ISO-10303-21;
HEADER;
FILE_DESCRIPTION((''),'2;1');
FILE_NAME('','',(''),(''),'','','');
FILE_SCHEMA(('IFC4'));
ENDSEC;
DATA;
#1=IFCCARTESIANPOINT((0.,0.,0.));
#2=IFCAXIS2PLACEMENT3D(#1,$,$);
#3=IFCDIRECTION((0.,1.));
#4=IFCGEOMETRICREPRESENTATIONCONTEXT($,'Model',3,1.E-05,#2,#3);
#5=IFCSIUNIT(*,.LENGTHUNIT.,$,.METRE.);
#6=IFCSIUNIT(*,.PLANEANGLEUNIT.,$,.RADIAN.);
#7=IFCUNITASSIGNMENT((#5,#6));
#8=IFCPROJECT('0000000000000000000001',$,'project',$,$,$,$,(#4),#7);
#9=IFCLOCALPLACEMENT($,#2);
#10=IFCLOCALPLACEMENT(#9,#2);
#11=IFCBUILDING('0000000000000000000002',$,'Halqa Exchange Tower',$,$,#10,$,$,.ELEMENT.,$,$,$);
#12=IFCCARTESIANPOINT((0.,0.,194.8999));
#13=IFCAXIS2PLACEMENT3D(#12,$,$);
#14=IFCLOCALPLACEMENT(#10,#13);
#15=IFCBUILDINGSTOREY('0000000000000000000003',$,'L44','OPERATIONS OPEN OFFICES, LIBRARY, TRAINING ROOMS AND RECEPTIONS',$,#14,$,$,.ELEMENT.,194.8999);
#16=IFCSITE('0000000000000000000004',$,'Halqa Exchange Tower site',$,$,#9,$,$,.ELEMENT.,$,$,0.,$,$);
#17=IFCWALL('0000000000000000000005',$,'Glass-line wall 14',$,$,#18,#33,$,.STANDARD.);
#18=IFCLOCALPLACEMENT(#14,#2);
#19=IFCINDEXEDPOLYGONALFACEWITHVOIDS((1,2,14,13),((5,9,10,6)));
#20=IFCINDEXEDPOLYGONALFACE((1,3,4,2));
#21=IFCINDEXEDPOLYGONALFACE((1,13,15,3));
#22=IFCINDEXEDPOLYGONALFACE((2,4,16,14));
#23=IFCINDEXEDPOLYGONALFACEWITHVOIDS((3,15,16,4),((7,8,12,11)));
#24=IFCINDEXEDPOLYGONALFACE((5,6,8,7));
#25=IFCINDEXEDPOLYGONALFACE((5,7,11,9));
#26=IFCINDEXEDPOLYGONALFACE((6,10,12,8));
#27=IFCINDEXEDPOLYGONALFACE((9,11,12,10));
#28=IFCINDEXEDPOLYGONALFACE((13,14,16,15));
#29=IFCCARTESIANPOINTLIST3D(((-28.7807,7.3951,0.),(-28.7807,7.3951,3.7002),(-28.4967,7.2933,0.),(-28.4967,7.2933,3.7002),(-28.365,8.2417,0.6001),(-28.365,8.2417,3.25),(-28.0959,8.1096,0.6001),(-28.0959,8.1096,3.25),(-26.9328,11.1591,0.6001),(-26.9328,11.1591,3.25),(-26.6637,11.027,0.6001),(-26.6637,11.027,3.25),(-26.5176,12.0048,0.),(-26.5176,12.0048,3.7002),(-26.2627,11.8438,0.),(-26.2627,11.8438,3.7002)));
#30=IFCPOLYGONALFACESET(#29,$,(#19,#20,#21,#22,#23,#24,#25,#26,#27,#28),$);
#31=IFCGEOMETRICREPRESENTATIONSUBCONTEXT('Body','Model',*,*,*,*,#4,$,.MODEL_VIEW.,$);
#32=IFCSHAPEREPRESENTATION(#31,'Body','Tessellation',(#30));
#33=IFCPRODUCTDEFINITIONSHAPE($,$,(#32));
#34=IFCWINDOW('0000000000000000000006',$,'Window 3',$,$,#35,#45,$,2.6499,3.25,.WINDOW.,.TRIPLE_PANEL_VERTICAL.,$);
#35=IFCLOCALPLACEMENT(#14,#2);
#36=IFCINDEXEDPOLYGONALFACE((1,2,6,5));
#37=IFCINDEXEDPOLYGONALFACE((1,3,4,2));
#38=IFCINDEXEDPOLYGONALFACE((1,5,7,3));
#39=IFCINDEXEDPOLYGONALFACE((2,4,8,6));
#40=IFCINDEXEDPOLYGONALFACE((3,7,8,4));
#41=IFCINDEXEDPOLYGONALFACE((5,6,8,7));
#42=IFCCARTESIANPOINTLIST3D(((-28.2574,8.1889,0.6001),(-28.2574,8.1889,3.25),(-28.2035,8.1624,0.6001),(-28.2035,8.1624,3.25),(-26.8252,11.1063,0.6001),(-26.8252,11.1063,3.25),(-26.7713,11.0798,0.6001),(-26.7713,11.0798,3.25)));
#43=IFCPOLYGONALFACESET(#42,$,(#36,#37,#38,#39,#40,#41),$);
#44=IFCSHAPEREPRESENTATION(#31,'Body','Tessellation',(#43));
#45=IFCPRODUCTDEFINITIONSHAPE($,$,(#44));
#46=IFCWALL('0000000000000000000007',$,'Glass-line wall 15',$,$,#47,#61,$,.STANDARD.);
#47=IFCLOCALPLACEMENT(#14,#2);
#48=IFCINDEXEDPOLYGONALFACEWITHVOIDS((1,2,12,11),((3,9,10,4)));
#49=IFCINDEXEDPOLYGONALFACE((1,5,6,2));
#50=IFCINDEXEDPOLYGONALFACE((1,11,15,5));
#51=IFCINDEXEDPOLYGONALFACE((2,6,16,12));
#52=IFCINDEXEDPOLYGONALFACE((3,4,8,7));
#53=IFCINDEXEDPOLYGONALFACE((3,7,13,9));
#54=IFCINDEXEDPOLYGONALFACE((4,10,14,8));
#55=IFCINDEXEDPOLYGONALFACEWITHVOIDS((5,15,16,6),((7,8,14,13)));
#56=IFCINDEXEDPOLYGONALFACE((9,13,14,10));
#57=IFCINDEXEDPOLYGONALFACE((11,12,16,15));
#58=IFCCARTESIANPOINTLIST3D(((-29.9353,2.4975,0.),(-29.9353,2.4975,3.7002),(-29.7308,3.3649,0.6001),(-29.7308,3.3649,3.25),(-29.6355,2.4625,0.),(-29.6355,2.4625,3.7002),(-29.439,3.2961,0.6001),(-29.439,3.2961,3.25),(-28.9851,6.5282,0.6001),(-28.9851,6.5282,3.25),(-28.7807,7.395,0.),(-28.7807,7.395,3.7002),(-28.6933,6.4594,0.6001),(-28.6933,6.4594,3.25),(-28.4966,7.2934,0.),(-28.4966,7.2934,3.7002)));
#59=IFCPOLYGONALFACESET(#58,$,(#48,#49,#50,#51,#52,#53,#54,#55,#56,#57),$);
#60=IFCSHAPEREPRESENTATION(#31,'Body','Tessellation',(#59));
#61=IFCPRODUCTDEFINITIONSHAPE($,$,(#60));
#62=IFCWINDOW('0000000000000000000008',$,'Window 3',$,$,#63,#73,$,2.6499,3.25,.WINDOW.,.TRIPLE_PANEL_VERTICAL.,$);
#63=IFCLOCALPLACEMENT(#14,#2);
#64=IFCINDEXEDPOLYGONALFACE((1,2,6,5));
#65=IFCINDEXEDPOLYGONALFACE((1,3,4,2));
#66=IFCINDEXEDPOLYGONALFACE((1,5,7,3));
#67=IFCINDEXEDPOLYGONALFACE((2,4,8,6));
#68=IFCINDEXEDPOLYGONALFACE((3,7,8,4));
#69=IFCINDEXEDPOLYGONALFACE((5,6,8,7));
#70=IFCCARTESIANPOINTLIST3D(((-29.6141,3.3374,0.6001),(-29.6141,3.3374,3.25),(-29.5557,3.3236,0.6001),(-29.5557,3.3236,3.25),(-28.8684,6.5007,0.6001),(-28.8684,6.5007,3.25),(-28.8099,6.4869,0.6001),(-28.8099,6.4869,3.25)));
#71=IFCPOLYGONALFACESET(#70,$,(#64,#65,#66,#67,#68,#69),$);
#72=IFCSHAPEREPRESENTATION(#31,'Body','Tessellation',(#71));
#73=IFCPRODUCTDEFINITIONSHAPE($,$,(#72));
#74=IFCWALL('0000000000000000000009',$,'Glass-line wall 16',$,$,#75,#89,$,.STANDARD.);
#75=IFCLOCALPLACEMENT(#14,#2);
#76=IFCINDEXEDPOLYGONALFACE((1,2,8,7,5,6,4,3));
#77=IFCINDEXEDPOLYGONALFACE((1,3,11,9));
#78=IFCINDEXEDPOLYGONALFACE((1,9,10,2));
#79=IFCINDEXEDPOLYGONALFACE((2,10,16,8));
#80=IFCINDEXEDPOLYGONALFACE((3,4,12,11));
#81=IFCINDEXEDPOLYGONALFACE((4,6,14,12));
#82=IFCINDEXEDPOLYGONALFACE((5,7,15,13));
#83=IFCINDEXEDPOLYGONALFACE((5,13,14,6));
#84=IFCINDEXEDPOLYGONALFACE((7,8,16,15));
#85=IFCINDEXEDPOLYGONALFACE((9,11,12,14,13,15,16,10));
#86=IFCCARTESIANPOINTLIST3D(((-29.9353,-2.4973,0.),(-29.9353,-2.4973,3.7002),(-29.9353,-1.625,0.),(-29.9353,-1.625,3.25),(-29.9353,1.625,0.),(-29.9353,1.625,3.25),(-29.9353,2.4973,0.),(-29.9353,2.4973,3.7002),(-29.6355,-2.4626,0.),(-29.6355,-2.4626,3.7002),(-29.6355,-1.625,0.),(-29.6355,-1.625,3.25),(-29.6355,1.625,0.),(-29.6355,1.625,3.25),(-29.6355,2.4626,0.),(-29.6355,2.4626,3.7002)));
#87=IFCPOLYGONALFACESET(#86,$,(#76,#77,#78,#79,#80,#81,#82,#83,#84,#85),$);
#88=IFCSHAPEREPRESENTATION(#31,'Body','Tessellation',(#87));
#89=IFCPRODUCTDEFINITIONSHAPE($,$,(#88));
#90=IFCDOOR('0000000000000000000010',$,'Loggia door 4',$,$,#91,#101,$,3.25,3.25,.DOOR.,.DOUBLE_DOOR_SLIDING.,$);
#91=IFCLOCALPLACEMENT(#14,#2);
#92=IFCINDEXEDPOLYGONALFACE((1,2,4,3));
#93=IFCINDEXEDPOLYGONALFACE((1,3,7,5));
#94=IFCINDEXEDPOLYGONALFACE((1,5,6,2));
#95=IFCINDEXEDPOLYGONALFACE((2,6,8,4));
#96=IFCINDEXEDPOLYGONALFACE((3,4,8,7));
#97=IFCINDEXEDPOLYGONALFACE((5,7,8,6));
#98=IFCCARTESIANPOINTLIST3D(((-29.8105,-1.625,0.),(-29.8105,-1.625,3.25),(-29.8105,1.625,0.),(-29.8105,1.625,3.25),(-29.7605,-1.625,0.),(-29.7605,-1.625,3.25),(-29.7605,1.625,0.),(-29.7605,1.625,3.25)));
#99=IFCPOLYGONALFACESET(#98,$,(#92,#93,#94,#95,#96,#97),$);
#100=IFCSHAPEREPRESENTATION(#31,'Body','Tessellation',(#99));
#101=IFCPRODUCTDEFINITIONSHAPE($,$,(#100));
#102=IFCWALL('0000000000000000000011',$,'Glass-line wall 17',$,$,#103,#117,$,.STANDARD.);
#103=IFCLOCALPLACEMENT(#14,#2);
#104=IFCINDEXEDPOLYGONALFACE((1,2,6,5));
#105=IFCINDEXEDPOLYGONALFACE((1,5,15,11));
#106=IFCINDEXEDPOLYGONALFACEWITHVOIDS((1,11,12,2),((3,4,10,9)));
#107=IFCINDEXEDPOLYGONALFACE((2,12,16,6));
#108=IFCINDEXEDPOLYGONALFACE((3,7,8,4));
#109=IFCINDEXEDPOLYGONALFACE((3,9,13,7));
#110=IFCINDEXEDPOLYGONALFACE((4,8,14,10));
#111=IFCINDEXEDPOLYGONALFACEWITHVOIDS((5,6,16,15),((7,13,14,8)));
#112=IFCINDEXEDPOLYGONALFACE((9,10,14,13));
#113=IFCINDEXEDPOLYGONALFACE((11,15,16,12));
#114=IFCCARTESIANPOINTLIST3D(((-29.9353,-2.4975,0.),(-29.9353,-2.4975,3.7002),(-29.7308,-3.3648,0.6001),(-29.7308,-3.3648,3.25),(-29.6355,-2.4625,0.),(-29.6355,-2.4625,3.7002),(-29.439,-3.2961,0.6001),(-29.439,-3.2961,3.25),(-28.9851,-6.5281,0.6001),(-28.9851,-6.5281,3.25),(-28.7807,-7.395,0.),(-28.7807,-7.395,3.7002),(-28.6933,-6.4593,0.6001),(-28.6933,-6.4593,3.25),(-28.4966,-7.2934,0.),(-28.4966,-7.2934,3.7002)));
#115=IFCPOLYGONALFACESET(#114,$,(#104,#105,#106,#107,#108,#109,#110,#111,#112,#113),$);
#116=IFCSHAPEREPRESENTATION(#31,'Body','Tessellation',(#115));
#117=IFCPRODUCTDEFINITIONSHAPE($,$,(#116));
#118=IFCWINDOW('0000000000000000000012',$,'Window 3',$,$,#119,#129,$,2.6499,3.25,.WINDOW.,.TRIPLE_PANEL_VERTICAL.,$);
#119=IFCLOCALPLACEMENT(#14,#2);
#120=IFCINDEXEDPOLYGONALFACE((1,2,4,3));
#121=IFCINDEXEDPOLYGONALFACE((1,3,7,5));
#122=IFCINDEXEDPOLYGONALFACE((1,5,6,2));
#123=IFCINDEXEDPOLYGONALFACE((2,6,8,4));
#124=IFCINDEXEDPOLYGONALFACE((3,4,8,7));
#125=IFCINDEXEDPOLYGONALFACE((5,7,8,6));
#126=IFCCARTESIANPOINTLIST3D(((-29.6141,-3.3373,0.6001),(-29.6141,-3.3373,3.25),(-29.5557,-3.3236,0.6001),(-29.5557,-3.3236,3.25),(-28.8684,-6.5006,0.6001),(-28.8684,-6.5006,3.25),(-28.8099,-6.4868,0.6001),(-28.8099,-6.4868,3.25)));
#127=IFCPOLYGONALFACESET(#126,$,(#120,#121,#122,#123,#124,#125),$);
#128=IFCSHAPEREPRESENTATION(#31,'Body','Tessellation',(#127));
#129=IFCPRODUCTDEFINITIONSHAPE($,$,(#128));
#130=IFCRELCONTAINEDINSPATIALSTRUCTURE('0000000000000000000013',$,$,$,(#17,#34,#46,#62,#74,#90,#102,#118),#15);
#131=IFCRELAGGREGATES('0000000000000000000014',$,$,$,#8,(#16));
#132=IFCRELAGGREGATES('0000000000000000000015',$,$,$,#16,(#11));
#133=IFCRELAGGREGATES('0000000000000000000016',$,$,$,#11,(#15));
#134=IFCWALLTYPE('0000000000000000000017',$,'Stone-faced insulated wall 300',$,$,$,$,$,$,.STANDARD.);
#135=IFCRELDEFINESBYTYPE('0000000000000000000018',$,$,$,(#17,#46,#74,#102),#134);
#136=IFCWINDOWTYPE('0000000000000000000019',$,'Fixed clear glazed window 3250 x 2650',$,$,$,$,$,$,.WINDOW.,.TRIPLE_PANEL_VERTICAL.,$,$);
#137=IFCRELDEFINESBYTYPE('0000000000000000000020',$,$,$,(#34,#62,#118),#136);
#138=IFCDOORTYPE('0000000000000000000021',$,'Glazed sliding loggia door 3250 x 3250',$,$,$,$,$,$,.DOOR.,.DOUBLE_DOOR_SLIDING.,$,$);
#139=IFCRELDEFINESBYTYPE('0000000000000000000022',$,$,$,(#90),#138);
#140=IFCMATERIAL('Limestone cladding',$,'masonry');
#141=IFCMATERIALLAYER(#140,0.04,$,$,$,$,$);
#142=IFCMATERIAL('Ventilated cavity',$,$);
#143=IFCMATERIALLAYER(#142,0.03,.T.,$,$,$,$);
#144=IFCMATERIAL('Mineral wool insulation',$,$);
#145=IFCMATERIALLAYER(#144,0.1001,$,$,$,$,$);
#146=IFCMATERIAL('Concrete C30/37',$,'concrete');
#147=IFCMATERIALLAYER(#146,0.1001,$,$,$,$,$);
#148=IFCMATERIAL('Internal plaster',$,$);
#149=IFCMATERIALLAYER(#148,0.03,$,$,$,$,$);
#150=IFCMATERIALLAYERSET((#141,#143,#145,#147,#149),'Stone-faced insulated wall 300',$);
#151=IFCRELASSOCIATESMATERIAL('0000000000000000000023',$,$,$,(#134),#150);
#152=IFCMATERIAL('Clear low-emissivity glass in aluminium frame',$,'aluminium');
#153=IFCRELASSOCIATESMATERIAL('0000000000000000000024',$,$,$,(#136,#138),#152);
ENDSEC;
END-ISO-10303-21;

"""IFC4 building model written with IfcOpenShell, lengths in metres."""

from ifc_helpers import new_model, si_unit, direction, frame, frame_2d, origin, place, context, subcontext, project, spatial, polyline, rectangle, outline, extrude, material, layer, layer_set, type_object, element, fill, save


model = new_model("IFC4")

# Units and contexts
model_context = context("Model", 3, precision=1e-05, world=origin(), true_north=direction((0.0, 1.0)))
body_context = subcontext(model_context, "Body", "Model", "MODEL_VIEW")
ifc_project = project(units=[si_unit("LENGTHUNIT", "METRE"), si_unit("PLANEANGLEUNIT", "RADIAN")], contexts=[model_context])

# Site, building, storey
site_placement = place(None, origin())
site = spatial("IfcSite", under=ifc_project, at=site_placement, Name="Halqa Exchange Tower site", CompositionType="ELEMENT", RefElevation=0.0)
building_placement = place(site_placement, origin())
building = spatial("IfcBuilding", under=site, at=building_placement, Name="Halqa Exchange Tower", CompositionType="ELEMENT")
storey_placement = place(building_placement, frame((0.0, 0.0, 194.8999)))
storey = spatial("IfcBuildingStorey", under=building, at=storey_placement, Name="L44", Description="OPERATIONS OPEN OFFICES, LIBRARY, TRAINING ROOMS AND RECEPTIONS", CompositionType="ELEMENT", Elevation=194.8999)

# Walls, openings, windows
ifc_material_1 = material(Name="Limestone cladding", Category="masonry")
ifc_layer_1 = layer(ifc_material_1, 0.04)
ifc_material_2 = material(Name="Ventilated cavity")
ifc_layer_2 = layer(ifc_material_2, 0.03, ventilated=True)
ifc_material_3 = material(Name="Mineral wool insulation")
ifc_layer_3 = layer(ifc_material_3, 0.1001)
ifc_material_4 = material(Name="Concrete C30/37", Category="concrete")
ifc_layer_4 = layer(ifc_material_4, 0.1001)
ifc_material_5 = material(Name="Internal plaster")
ifc_layer_5 = layer(ifc_material_5, 0.03)
ifc_layer_set_1 = layer_set([ifc_layer_1, ifc_layer_2, ifc_layer_3, ifc_layer_4, ifc_layer_5], Name="Stone-faced insulated wall 300")
wall_type_1 = type_object("IfcWallType", Name="Stone-faced insulated wall 300", PredefinedType="STANDARD", material=ifc_layer_set_1)
wall_1_placement = place(storey_placement, frame((-26.3901, 11.9243, 0.0), z_axis=(0.0, 0.0, 1.0), x_axis=(-0.440694, -0.897657, 0.0)))
wall_1 = element("IfcWall", 1, at=wall_1_placement, inside=storey, type_object=wall_type_1, Name="Glass-line wall 14", PredefinedType="STANDARD", context=body_context, shape_type="SweptSolid", body=[
    extrude(outline(polyline([(-0.0161, -0.1499), (5.1191, -0.1499), (5.0854, 0.1499), (0.0161, 0.1499), (-0.0161, -0.1499)])), origin(), (0.0, 0.0, 1.0), 3.7002),
])
opening_1_placement = place(wall_1_placement, frame((0.926, 0.0, 0.6001)))
opening_1 = element("IfcOpeningElement", 2, at=opening_1_placement, cuts=wall_1, PredefinedType="OPENING", context=body_context, shape_type="SweptSolid", body=[
    extrude(rectangle(XDim=3.25, YDim=2.6499, at=frame_2d((1.625, 1.325))), frame((0.0, 0.1621, 0.0), z_axis=(0.0, -1.0, 0.0), x_axis=(1.0, 0.0, 0.0)), (0.0, 0.0, 1.0), 0.324),
])
ifc_material_6 = material(Name="Clear low-emissivity glass in aluminium frame", Category="aluminium")
window_type = type_object("IfcWindowType", Name="Fixed clear glazed window 3250 x 2650", PartitioningType="TRIPLE_PANEL_VERTICAL", PredefinedType="WINDOW", material=ifc_material_6)
window_1_placement = place(opening_1_placement, origin())
window_1 = element("IfcWindow", 3, at=window_1_placement, inside=storey, type_object=window_type, Name="Window 3", OverallHeight=2.6499, OverallWidth=3.25, PartitioningType="TRIPLE_PANEL_VERTICAL", PredefinedType="WINDOW", context=body_context, shape_type="SweptSolid", body=[
    extrude(rectangle(XDim=3.25, YDim=2.6499, at=frame_2d((1.625, 1.325))), frame((0.0, 0.03, 0.0), z_axis=(0.0, -1.0, 0.0), x_axis=(1.0, 0.0, 0.0)), (0.0, 0.0, 1.0), 0.0601),
])
fill(opening_1, window_1)
wall_2_placement = place(storey_placement, frame((-28.6387, 7.3442, 0.0), z_axis=(0.0, 0.0, 1.0), x_axis=(-0.229456, -0.973319, 0.0)))
wall_2 = element("IfcWall", 4, at=wall_2_placement, inside=storey, type_object=wall_type_1, Name="Glass-line wall 15", PredefinedType="STANDARD", context=body_context, shape_type="SweptSolid", body=[
    extrude(outline(polyline([(-0.0168, -0.1499), (5.0149, -0.1499), (4.9802, 0.1499), (0.0168, 0.1499), (-0.0168, -0.1499)])), origin(), (0.0, 0.0, 1.0), 3.7002),
])
opening_2_placement = place(wall_2_placement, frame((0.8738, 0.0, 0.6001)))
opening_2 = element("IfcOpeningElement", 5, at=opening_2_placement, cuts=wall_2, PredefinedType="OPENING", context=body_context, shape_type="SweptSolid", body=[
    extrude(rectangle(XDim=3.25, YDim=2.6499, at=frame_2d((1.625, 1.325))), frame((0.0, 0.1621, 0.0), z_axis=(0.0, -1.0, 0.0), x_axis=(1.0, 0.0, 0.0)), (0.0, 0.0, 1.0), 0.324),
])
window_2_placement = place(opening_2_placement, origin())
window_2 = element("IfcWindow", 6, at=window_2_placement, inside=storey, type_object=window_type, Name="Window 3", OverallHeight=2.6499, OverallWidth=3.25, PartitioningType="TRIPLE_PANEL_VERTICAL", PredefinedType="WINDOW", context=body_context, shape_type="SweptSolid", body=[
    extrude(rectangle(XDim=3.25, YDim=2.6499, at=frame_2d((1.625, 1.325))), frame((0.0, 0.03, 0.0), z_axis=(0.0, -1.0, 0.0), x_axis=(1.0, 0.0, 0.0)), (0.0, 0.0, 1.0), 0.0601),
])
fill(opening_2, window_2)

# Wall, opening, door
wall_3_placement = place(storey_placement, frame((-29.7854, 2.48, 0.0), z_axis=(0.0, 0.0, 1.0), x_axis=(0.0, -1.0, 0.0)))
wall_3 = element("IfcWall", 7, at=wall_3_placement, inside=storey, type_object=wall_type_1, Name="Glass-line wall 16", PredefinedType="STANDARD", context=body_context, shape_type="SweptSolid", body=[
    extrude(outline(polyline([(-0.0173, -0.1499), (4.9773, -0.1499), (4.9426, 0.1499), (0.0173, 0.1499), (-0.0173, -0.1499)])), origin(), (0.0, 0.0, 1.0), 3.7002),
])
opening_3_placement = place(wall_3_placement, frame((0.855, 0.0, 0.0)))
opening_3 = element("IfcOpeningElement", 8, at=opening_3_placement, cuts=wall_3, PredefinedType="OPENING", context=body_context, shape_type="SweptSolid", body=[
    extrude(rectangle(XDim=3.25, YDim=3.25, at=frame_2d((1.625, 1.625))), frame((0.0, 0.1621, 0.0), z_axis=(0.0, -1.0, 0.0), x_axis=(1.0, 0.0, 0.0)), (0.0, 0.0, 1.0), 0.324),
])
door_type_1 = type_object("IfcDoorType", Name="Glazed sliding loggia door 3250 x 3250", OperationType="DOUBLE_DOOR_SLIDING", PredefinedType="DOOR", material=ifc_material_6)
door_1_placement = place(opening_3_placement, origin())
door_1 = element("IfcDoor", 9, at=door_1_placement, inside=storey, type_object=door_type_1, Name="Loggia door 4", OperationType="DOUBLE_DOOR_SLIDING", OverallHeight=3.25, OverallWidth=3.25, PredefinedType="DOOR", context=body_context, shape_type="SweptSolid", body=[
    extrude(rectangle(XDim=3.25, YDim=3.25, at=frame_2d((1.625, 1.625))), frame((0.0, 0.0249, 0.0), z_axis=(0.0, -1.0, 0.0), x_axis=(1.0, 0.0, 0.0)), (0.0, 0.0, 1.0), 0.05),
])
fill(opening_3, door_1)

# Wall, opening, window
wall_4_placement = place(storey_placement, frame((-29.7854, -2.48, 0.0), z_axis=(0.0, 0.0, 1.0), x_axis=(0.229456, -0.973319, 0.0)))
wall_4 = element("IfcWall", 10, at=wall_4_placement, inside=storey, type_object=wall_type_1, Name="Glass-line wall 17", PredefinedType="STANDARD", context=body_context, shape_type="SweptSolid", body=[
    extrude(outline(polyline([(-0.0173, -0.1499), (5.0144, -0.1499), (4.9807, 0.1499), (0.0173, 0.1499), (-0.0173, -0.1499)])), origin(), (0.0, 0.0, 1.0), 3.7002),
])
opening_4_placement = place(wall_4_placement, frame((0.8738, 0.0, 0.6001)))
opening_4 = element("IfcOpeningElement", 11, at=opening_4_placement, cuts=wall_4, PredefinedType="OPENING", context=body_context, shape_type="SweptSolid", body=[
    extrude(rectangle(XDim=3.25, YDim=2.6499, at=frame_2d((1.625, 1.325))), frame((0.0, 0.1621, 0.0), z_axis=(0.0, -1.0, 0.0), x_axis=(1.0, 0.0, 0.0)), (0.0, 0.0, 1.0), 0.324),
])
window_3_placement = place(opening_4_placement, origin())
window_3 = element("IfcWindow", 12, at=window_3_placement, inside=storey, type_object=window_type, Name="Window 3", OverallHeight=2.6499, OverallWidth=3.25, PartitioningType="TRIPLE_PANEL_VERTICAL", PredefinedType="WINDOW", context=body_context, shape_type="SweptSolid", body=[
    extrude(rectangle(XDim=3.25, YDim=2.6499, at=frame_2d((1.625, 1.325))), frame((0.0, 0.03, 0.0), z_axis=(0.0, -1.0, 0.0), x_axis=(1.0, 0.0, 0.0)), (0.0, 0.0, 1.0), 0.0601),
])
fill(opening_4, window_3)

save(model, "model.ifc")
